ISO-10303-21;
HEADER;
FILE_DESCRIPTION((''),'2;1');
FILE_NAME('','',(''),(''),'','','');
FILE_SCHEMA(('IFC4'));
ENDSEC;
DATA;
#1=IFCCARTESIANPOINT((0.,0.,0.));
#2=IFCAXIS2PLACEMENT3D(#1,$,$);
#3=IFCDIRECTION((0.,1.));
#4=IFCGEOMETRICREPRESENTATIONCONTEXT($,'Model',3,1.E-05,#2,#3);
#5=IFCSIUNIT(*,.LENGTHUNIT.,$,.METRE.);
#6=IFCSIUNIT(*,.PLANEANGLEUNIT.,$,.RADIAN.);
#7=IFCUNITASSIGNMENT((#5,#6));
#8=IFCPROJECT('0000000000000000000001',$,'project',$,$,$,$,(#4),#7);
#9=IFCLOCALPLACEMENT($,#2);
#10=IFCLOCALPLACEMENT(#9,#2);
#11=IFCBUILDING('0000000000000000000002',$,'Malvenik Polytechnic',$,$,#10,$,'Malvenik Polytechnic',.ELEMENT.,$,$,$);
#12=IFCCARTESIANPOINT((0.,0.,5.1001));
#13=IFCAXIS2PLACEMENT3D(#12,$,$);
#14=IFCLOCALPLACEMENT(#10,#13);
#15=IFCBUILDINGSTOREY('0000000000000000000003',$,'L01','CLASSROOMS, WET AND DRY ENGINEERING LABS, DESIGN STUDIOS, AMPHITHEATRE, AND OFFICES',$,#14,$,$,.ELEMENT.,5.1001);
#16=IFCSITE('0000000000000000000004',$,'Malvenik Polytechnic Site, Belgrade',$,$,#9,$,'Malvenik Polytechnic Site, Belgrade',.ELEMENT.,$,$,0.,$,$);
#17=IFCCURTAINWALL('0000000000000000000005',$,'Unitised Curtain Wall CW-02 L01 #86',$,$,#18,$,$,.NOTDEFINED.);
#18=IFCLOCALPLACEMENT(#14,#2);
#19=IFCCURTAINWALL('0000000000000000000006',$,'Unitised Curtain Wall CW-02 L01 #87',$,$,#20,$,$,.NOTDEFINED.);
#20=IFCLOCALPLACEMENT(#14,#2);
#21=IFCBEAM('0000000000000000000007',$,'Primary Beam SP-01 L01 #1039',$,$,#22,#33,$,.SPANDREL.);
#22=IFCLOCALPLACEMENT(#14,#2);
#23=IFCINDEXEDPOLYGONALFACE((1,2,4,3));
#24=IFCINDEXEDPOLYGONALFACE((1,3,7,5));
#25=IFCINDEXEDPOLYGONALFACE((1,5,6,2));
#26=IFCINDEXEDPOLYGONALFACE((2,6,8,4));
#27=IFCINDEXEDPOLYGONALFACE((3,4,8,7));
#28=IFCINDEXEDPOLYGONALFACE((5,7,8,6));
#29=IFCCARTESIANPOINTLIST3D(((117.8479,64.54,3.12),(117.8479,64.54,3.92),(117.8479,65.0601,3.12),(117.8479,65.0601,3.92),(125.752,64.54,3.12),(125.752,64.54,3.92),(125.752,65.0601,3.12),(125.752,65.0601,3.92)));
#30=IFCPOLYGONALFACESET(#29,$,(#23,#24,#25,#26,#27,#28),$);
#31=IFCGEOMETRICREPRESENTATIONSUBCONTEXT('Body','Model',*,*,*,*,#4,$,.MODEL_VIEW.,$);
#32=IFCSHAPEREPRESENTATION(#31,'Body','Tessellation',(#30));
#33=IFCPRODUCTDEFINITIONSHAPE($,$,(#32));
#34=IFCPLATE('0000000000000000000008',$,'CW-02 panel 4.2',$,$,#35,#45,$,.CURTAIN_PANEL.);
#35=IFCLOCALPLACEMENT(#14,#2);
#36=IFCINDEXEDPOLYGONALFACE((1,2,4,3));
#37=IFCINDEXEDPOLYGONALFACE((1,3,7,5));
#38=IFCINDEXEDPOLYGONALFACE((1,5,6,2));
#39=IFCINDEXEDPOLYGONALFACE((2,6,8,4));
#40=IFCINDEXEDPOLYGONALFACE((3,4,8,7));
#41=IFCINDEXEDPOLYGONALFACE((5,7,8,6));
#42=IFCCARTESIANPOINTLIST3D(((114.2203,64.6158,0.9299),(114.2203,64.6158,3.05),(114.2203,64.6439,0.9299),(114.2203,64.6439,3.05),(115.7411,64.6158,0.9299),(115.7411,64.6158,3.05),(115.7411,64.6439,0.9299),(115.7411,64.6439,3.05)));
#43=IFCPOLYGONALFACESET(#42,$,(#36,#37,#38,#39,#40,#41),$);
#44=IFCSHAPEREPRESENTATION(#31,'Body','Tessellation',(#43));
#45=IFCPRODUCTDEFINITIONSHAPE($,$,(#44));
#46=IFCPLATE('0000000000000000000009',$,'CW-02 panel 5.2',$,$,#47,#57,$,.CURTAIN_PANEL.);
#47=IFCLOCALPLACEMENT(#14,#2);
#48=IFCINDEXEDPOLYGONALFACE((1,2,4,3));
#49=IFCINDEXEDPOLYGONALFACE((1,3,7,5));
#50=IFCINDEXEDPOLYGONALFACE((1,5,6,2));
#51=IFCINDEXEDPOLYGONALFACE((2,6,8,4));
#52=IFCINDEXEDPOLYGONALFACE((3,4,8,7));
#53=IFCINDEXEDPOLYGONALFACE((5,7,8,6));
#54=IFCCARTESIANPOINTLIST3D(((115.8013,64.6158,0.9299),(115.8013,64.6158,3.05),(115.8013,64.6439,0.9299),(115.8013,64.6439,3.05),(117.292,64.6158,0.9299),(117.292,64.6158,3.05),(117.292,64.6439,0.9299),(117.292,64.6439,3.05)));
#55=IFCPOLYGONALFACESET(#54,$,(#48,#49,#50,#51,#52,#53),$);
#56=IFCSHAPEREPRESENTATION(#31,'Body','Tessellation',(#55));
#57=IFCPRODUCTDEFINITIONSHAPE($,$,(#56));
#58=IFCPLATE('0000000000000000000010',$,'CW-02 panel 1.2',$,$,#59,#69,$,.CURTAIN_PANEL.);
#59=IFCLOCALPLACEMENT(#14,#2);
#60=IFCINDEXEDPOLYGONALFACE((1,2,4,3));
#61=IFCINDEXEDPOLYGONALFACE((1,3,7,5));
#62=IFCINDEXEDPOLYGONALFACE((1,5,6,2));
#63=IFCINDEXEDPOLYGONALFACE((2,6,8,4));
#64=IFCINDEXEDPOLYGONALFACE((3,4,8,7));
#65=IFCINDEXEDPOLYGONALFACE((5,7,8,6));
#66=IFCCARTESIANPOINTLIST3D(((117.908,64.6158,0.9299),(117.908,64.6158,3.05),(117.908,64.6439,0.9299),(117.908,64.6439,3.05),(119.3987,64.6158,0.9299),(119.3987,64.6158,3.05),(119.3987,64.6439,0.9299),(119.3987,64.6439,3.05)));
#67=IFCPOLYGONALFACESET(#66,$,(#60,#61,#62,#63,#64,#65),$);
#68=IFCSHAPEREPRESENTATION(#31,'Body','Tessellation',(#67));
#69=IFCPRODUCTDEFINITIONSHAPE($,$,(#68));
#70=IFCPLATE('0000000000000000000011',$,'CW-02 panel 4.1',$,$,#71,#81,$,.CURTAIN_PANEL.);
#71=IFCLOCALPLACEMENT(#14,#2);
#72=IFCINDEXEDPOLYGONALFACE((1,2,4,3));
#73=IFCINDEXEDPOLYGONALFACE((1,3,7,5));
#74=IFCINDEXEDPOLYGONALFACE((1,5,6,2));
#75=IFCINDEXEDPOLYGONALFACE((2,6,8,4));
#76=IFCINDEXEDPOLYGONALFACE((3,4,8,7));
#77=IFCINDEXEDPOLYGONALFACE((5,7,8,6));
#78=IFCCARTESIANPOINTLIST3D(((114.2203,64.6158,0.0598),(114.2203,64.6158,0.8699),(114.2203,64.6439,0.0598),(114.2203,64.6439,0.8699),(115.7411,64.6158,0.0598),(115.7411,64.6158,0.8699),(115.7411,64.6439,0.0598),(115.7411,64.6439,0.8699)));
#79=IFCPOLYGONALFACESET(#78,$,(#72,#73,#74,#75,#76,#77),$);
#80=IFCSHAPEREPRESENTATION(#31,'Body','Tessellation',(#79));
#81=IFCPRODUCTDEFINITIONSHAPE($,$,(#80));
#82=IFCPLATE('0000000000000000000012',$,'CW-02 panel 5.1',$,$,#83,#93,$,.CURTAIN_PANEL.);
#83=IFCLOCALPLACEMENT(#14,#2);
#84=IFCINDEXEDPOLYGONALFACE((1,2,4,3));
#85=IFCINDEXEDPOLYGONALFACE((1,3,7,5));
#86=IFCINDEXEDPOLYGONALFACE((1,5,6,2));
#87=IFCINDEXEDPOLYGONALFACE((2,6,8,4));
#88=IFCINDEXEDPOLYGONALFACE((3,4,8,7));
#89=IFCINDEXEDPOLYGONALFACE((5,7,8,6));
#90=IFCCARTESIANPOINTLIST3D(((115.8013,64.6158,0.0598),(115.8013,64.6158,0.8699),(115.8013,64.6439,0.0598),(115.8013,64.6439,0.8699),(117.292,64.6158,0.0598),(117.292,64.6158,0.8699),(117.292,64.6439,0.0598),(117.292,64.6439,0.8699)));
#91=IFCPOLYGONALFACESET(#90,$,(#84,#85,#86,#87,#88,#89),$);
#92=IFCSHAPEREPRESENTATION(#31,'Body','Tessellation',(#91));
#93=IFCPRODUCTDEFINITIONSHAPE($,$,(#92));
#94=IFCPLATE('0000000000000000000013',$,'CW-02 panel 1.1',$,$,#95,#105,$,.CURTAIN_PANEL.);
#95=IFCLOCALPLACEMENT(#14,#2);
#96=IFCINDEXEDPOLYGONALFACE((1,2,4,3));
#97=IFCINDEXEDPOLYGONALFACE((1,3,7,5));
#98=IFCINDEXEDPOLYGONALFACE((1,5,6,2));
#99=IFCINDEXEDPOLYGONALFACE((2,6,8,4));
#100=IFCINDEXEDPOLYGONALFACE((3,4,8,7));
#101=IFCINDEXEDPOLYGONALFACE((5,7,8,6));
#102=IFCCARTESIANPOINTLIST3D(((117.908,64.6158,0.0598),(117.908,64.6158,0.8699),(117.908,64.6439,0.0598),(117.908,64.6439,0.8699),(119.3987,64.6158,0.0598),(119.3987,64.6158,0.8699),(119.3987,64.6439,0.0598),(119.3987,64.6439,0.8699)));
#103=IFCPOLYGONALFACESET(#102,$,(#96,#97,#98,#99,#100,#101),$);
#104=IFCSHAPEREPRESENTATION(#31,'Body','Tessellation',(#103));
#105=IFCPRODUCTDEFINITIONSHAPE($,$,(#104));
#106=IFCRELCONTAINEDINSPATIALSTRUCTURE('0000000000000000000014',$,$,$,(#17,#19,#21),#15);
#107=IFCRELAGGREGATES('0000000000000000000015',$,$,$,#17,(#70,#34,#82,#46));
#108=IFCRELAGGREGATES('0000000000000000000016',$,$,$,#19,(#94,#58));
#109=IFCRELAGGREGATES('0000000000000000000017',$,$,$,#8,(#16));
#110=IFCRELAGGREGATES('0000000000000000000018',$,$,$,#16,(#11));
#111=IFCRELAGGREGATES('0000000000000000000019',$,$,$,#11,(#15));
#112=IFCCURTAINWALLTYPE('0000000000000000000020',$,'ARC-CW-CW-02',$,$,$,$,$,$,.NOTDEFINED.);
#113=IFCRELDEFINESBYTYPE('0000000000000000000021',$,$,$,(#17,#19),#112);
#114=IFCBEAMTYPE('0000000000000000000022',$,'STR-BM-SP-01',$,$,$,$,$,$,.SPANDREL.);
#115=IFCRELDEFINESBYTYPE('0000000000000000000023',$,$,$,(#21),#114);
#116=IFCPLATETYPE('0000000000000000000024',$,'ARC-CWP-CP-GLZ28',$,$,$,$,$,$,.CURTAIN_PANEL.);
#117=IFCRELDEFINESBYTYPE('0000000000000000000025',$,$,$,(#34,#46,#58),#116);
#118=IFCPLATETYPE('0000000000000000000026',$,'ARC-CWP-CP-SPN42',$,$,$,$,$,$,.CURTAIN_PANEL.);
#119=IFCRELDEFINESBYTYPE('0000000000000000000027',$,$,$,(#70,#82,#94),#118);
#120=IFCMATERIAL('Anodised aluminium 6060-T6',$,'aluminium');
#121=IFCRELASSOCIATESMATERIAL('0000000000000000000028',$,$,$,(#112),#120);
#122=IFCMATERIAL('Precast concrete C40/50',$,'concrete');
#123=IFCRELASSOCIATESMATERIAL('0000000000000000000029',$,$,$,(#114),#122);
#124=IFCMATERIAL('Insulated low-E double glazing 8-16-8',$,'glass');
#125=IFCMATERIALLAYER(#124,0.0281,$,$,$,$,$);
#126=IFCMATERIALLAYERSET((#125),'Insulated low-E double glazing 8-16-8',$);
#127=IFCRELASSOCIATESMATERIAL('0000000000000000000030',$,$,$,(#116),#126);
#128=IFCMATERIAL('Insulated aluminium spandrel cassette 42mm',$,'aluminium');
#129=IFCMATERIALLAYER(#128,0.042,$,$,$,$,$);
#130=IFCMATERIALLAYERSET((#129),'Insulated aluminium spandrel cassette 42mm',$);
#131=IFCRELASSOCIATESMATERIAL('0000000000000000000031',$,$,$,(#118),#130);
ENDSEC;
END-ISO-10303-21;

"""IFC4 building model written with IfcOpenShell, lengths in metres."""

from ifc_helpers import new_model, si_unit, direction, frame, origin, origin_2d, place, context, subcontext, project, spatial, rectangle, extrude, material, layer, layer_set, material_profile, profile_set, type_object, element, aggregate, save


model = new_model("IFC4")

# Units and contexts
model_context = context("Model", 3, precision=1e-05, world=origin(), true_north=direction((0.0, 1.0)))
body_context = subcontext(model_context, "Body", "Model", "MODEL_VIEW")
ifc_project = project(units=[si_unit("LENGTHUNIT", "METRE"), si_unit("PLANEANGLEUNIT", "RADIAN")], contexts=[model_context])

# Site, building, storey
site_placement = place(None, origin())
site = spatial("IfcSite", under=ifc_project, at=site_placement, Name="Malvenik Polytechnic Site, Belgrade", LongName="Malvenik Polytechnic Site, Belgrade", CompositionType="ELEMENT", RefElevation=0.0)
building_placement = place(site_placement, origin())
building = spatial("IfcBuilding", under=site, at=building_placement, Name="Malvenik Polytechnic", LongName="Malvenik Polytechnic", CompositionType="ELEMENT")
storey_placement = place(building_placement, frame((0.0, 0.0, 5.1001)))
storey = spatial("IfcBuildingStorey", under=building, at=storey_placement, Name="L01", Description="CLASSROOMS, WET AND DRY ENGINEERING LABS, DESIGN STUDIOS, AMPHITHEATRE, AND OFFICES", CompositionType="ELEMENT", Elevation=5.1001)

# Curtain walls
ifc_material_1 = material(Name="Anodised aluminium 6060-T6", Category="aluminium")
curtain_wall_type = type_object("IfcCurtainWallType", Name="ARC-CW-CW-02", PredefinedType="NOTDEFINED", material=ifc_material_1)
curtain_wall_1_placement = place(storey_placement, origin())
curtain_wall_1 = element("IfcCurtainWall", 1, at=curtain_wall_1_placement, inside=storey, type_object=curtain_wall_type, Name="Unitised Curtain Wall CW-02 L01 #86", PredefinedType="NOTDEFINED")
curtain_wall_2_placement = place(storey_placement, origin())
curtain_wall_2 = element("IfcCurtainWall", 2, at=curtain_wall_2_placement, inside=storey, type_object=curtain_wall_type, Name="Unitised Curtain Wall CW-02 L01 #87", PredefinedType="NOTDEFINED")

# Beam
ifc_material_2 = material(Name="Precast concrete C40/50", Category="concrete")
ifc_material_profile_1 = material_profile(ifc_material_2, rectangle(XDim=0.52, YDim=0.8, at=origin_2d()), Name="PC SPN 520x800")
ifc_profile_set_1 = profile_set([ifc_material_profile_1], Name="Precast concrete C40/50")
beam_type_1 = type_object("IfcBeamType", Name="STR-BM-SP-01", PredefinedType="SPANDREL", material=ifc_profile_set_1)
beam_1_placement = place(storey_placement, frame((117.8479, 64.8, 3.52), z_axis=(1.0, 0.0, 0.0), x_axis=(0.0, 1.0, 0.0)))
element("IfcBeam", 3, at=beam_1_placement, inside=storey, type_object=beam_type_1, Name="Primary Beam SP-01 L01 #1039", PredefinedType="SPANDREL", context=body_context, shape_type="SweptSolid", body=[
    extrude(rectangle(XDim=0.52, YDim=0.8, at=origin_2d()), origin(), (0.0, 0.0, 1.0), 7.9041),
])

# Plates
ifc_material_3 = material(Name="Insulated low-E double glazing 8-16-8", Category="glass")
ifc_layer_1 = layer(ifc_material_3, 0.0281)
ifc_layer_set_1 = layer_set([ifc_layer_1], Name="Insulated low-E double glazing 8-16-8")
plate_type_1 = type_object("IfcPlateType", Name="ARC-CWP-CP-GLZ28", PredefinedType="CURTAIN_PANEL", material=ifc_layer_set_1)
plate_1_placement = place(storey_placement, frame((114.9807, 64.6299, 0.9299), z_axis=(0.0, 0.0, 1.0), x_axis=(1.0, 0.0, 0.0)))
plate_1 = element("IfcPlate", 4, at=plate_1_placement, type_object=plate_type_1, Name="CW-02 panel 4.2", PredefinedType="CURTAIN_PANEL", context=body_context, shape_type="SweptSolid", body=[
    extrude(rectangle(XDim=1.5208, YDim=0.0281, at=origin_2d()), origin(), (0.0, 0.0, 1.0), 2.1201),
])
plate_2_placement = place(storey_placement, frame((116.5466, 64.6299, 0.9299), z_axis=(0.0, 0.0, 1.0), x_axis=(1.0, 0.0, 0.0)))
plate_2 = element("IfcPlate", 5, at=plate_2_placement, type_object=plate_type_1, Name="CW-02 panel 5.2", PredefinedType="CURTAIN_PANEL", context=body_context, shape_type="SweptSolid", body=[
    extrude(rectangle(XDim=1.4907, YDim=0.0281, at=origin_2d()), origin(), (0.0, 0.0, 1.0), 2.1201),
])
plate_3_placement = place(storey_placement, frame((118.6533, 64.6299, 0.9299), z_axis=(0.0, 0.0, 1.0), x_axis=(1.0, 0.0, 0.0)))
plate_3 = element("IfcPlate", 6, at=plate_3_placement, type_object=plate_type_1, Name="CW-02 panel 1.2", PredefinedType="CURTAIN_PANEL", context=body_context, shape_type="SweptSolid", body=[
    extrude(rectangle(XDim=1.4907, YDim=0.0281, at=origin_2d()), origin(), (0.0, 0.0, 1.0), 2.1201),
])
ifc_material_4 = material(Name="Insulated aluminium spandrel cassette 42mm", Category="aluminium")
ifc_layer_2 = layer(ifc_material_4, 0.042)
ifc_layer_set_2 = layer_set([ifc_layer_2], Name="Insulated aluminium spandrel cassette 42mm")
plate_type_2 = type_object("IfcPlateType", Name="ARC-CWP-CP-SPN42", PredefinedType="CURTAIN_PANEL", material=ifc_layer_set_2)
plate_4_placement = place(storey_placement, frame((114.9807, 64.6299, 0.0598), z_axis=(0.0, 0.0, 1.0), x_axis=(1.0, 0.0, 0.0)))
plate_4 = element("IfcPlate", 7, at=plate_4_placement, type_object=plate_type_2, Name="CW-02 panel 4.1", PredefinedType="CURTAIN_PANEL", context=body_context, shape_type="SweptSolid", body=[
    extrude(rectangle(XDim=1.5208, YDim=0.0281, at=origin_2d()), origin(), (0.0, 0.0, 1.0), 0.8101),
])
plate_5_placement = place(storey_placement, frame((116.5466, 64.6299, 0.0598), z_axis=(0.0, 0.0, 1.0), x_axis=(1.0, 0.0, 0.0)))
plate_5 = element("IfcPlate", 8, at=plate_5_placement, type_object=plate_type_2, Name="CW-02 panel 5.1", PredefinedType="CURTAIN_PANEL", context=body_context, shape_type="SweptSolid", body=[
    extrude(rectangle(XDim=1.4907, YDim=0.0281, at=origin_2d()), origin(), (0.0, 0.0, 1.0), 0.8101),
])
aggregate(curtain_wall_1, [plate_4, plate_1, plate_5, plate_2])
plate_6_placement = place(storey_placement, frame((118.6533, 64.6299, 0.0598), z_axis=(0.0, 0.0, 1.0), x_axis=(1.0, 0.0, 0.0)))
plate_6 = element("IfcPlate", 9, at=plate_6_placement, type_object=plate_type_2, Name="CW-02 panel 1.1", PredefinedType="CURTAIN_PANEL", context=body_context, shape_type="SweptSolid", body=[
    extrude(rectangle(XDim=1.4907, YDim=0.0281, at=origin_2d()), origin(), (0.0, 0.0, 1.0), 0.8101),
])
aggregate(curtain_wall_2, [plate_6, plate_3])

save(model, "model.ifc")
